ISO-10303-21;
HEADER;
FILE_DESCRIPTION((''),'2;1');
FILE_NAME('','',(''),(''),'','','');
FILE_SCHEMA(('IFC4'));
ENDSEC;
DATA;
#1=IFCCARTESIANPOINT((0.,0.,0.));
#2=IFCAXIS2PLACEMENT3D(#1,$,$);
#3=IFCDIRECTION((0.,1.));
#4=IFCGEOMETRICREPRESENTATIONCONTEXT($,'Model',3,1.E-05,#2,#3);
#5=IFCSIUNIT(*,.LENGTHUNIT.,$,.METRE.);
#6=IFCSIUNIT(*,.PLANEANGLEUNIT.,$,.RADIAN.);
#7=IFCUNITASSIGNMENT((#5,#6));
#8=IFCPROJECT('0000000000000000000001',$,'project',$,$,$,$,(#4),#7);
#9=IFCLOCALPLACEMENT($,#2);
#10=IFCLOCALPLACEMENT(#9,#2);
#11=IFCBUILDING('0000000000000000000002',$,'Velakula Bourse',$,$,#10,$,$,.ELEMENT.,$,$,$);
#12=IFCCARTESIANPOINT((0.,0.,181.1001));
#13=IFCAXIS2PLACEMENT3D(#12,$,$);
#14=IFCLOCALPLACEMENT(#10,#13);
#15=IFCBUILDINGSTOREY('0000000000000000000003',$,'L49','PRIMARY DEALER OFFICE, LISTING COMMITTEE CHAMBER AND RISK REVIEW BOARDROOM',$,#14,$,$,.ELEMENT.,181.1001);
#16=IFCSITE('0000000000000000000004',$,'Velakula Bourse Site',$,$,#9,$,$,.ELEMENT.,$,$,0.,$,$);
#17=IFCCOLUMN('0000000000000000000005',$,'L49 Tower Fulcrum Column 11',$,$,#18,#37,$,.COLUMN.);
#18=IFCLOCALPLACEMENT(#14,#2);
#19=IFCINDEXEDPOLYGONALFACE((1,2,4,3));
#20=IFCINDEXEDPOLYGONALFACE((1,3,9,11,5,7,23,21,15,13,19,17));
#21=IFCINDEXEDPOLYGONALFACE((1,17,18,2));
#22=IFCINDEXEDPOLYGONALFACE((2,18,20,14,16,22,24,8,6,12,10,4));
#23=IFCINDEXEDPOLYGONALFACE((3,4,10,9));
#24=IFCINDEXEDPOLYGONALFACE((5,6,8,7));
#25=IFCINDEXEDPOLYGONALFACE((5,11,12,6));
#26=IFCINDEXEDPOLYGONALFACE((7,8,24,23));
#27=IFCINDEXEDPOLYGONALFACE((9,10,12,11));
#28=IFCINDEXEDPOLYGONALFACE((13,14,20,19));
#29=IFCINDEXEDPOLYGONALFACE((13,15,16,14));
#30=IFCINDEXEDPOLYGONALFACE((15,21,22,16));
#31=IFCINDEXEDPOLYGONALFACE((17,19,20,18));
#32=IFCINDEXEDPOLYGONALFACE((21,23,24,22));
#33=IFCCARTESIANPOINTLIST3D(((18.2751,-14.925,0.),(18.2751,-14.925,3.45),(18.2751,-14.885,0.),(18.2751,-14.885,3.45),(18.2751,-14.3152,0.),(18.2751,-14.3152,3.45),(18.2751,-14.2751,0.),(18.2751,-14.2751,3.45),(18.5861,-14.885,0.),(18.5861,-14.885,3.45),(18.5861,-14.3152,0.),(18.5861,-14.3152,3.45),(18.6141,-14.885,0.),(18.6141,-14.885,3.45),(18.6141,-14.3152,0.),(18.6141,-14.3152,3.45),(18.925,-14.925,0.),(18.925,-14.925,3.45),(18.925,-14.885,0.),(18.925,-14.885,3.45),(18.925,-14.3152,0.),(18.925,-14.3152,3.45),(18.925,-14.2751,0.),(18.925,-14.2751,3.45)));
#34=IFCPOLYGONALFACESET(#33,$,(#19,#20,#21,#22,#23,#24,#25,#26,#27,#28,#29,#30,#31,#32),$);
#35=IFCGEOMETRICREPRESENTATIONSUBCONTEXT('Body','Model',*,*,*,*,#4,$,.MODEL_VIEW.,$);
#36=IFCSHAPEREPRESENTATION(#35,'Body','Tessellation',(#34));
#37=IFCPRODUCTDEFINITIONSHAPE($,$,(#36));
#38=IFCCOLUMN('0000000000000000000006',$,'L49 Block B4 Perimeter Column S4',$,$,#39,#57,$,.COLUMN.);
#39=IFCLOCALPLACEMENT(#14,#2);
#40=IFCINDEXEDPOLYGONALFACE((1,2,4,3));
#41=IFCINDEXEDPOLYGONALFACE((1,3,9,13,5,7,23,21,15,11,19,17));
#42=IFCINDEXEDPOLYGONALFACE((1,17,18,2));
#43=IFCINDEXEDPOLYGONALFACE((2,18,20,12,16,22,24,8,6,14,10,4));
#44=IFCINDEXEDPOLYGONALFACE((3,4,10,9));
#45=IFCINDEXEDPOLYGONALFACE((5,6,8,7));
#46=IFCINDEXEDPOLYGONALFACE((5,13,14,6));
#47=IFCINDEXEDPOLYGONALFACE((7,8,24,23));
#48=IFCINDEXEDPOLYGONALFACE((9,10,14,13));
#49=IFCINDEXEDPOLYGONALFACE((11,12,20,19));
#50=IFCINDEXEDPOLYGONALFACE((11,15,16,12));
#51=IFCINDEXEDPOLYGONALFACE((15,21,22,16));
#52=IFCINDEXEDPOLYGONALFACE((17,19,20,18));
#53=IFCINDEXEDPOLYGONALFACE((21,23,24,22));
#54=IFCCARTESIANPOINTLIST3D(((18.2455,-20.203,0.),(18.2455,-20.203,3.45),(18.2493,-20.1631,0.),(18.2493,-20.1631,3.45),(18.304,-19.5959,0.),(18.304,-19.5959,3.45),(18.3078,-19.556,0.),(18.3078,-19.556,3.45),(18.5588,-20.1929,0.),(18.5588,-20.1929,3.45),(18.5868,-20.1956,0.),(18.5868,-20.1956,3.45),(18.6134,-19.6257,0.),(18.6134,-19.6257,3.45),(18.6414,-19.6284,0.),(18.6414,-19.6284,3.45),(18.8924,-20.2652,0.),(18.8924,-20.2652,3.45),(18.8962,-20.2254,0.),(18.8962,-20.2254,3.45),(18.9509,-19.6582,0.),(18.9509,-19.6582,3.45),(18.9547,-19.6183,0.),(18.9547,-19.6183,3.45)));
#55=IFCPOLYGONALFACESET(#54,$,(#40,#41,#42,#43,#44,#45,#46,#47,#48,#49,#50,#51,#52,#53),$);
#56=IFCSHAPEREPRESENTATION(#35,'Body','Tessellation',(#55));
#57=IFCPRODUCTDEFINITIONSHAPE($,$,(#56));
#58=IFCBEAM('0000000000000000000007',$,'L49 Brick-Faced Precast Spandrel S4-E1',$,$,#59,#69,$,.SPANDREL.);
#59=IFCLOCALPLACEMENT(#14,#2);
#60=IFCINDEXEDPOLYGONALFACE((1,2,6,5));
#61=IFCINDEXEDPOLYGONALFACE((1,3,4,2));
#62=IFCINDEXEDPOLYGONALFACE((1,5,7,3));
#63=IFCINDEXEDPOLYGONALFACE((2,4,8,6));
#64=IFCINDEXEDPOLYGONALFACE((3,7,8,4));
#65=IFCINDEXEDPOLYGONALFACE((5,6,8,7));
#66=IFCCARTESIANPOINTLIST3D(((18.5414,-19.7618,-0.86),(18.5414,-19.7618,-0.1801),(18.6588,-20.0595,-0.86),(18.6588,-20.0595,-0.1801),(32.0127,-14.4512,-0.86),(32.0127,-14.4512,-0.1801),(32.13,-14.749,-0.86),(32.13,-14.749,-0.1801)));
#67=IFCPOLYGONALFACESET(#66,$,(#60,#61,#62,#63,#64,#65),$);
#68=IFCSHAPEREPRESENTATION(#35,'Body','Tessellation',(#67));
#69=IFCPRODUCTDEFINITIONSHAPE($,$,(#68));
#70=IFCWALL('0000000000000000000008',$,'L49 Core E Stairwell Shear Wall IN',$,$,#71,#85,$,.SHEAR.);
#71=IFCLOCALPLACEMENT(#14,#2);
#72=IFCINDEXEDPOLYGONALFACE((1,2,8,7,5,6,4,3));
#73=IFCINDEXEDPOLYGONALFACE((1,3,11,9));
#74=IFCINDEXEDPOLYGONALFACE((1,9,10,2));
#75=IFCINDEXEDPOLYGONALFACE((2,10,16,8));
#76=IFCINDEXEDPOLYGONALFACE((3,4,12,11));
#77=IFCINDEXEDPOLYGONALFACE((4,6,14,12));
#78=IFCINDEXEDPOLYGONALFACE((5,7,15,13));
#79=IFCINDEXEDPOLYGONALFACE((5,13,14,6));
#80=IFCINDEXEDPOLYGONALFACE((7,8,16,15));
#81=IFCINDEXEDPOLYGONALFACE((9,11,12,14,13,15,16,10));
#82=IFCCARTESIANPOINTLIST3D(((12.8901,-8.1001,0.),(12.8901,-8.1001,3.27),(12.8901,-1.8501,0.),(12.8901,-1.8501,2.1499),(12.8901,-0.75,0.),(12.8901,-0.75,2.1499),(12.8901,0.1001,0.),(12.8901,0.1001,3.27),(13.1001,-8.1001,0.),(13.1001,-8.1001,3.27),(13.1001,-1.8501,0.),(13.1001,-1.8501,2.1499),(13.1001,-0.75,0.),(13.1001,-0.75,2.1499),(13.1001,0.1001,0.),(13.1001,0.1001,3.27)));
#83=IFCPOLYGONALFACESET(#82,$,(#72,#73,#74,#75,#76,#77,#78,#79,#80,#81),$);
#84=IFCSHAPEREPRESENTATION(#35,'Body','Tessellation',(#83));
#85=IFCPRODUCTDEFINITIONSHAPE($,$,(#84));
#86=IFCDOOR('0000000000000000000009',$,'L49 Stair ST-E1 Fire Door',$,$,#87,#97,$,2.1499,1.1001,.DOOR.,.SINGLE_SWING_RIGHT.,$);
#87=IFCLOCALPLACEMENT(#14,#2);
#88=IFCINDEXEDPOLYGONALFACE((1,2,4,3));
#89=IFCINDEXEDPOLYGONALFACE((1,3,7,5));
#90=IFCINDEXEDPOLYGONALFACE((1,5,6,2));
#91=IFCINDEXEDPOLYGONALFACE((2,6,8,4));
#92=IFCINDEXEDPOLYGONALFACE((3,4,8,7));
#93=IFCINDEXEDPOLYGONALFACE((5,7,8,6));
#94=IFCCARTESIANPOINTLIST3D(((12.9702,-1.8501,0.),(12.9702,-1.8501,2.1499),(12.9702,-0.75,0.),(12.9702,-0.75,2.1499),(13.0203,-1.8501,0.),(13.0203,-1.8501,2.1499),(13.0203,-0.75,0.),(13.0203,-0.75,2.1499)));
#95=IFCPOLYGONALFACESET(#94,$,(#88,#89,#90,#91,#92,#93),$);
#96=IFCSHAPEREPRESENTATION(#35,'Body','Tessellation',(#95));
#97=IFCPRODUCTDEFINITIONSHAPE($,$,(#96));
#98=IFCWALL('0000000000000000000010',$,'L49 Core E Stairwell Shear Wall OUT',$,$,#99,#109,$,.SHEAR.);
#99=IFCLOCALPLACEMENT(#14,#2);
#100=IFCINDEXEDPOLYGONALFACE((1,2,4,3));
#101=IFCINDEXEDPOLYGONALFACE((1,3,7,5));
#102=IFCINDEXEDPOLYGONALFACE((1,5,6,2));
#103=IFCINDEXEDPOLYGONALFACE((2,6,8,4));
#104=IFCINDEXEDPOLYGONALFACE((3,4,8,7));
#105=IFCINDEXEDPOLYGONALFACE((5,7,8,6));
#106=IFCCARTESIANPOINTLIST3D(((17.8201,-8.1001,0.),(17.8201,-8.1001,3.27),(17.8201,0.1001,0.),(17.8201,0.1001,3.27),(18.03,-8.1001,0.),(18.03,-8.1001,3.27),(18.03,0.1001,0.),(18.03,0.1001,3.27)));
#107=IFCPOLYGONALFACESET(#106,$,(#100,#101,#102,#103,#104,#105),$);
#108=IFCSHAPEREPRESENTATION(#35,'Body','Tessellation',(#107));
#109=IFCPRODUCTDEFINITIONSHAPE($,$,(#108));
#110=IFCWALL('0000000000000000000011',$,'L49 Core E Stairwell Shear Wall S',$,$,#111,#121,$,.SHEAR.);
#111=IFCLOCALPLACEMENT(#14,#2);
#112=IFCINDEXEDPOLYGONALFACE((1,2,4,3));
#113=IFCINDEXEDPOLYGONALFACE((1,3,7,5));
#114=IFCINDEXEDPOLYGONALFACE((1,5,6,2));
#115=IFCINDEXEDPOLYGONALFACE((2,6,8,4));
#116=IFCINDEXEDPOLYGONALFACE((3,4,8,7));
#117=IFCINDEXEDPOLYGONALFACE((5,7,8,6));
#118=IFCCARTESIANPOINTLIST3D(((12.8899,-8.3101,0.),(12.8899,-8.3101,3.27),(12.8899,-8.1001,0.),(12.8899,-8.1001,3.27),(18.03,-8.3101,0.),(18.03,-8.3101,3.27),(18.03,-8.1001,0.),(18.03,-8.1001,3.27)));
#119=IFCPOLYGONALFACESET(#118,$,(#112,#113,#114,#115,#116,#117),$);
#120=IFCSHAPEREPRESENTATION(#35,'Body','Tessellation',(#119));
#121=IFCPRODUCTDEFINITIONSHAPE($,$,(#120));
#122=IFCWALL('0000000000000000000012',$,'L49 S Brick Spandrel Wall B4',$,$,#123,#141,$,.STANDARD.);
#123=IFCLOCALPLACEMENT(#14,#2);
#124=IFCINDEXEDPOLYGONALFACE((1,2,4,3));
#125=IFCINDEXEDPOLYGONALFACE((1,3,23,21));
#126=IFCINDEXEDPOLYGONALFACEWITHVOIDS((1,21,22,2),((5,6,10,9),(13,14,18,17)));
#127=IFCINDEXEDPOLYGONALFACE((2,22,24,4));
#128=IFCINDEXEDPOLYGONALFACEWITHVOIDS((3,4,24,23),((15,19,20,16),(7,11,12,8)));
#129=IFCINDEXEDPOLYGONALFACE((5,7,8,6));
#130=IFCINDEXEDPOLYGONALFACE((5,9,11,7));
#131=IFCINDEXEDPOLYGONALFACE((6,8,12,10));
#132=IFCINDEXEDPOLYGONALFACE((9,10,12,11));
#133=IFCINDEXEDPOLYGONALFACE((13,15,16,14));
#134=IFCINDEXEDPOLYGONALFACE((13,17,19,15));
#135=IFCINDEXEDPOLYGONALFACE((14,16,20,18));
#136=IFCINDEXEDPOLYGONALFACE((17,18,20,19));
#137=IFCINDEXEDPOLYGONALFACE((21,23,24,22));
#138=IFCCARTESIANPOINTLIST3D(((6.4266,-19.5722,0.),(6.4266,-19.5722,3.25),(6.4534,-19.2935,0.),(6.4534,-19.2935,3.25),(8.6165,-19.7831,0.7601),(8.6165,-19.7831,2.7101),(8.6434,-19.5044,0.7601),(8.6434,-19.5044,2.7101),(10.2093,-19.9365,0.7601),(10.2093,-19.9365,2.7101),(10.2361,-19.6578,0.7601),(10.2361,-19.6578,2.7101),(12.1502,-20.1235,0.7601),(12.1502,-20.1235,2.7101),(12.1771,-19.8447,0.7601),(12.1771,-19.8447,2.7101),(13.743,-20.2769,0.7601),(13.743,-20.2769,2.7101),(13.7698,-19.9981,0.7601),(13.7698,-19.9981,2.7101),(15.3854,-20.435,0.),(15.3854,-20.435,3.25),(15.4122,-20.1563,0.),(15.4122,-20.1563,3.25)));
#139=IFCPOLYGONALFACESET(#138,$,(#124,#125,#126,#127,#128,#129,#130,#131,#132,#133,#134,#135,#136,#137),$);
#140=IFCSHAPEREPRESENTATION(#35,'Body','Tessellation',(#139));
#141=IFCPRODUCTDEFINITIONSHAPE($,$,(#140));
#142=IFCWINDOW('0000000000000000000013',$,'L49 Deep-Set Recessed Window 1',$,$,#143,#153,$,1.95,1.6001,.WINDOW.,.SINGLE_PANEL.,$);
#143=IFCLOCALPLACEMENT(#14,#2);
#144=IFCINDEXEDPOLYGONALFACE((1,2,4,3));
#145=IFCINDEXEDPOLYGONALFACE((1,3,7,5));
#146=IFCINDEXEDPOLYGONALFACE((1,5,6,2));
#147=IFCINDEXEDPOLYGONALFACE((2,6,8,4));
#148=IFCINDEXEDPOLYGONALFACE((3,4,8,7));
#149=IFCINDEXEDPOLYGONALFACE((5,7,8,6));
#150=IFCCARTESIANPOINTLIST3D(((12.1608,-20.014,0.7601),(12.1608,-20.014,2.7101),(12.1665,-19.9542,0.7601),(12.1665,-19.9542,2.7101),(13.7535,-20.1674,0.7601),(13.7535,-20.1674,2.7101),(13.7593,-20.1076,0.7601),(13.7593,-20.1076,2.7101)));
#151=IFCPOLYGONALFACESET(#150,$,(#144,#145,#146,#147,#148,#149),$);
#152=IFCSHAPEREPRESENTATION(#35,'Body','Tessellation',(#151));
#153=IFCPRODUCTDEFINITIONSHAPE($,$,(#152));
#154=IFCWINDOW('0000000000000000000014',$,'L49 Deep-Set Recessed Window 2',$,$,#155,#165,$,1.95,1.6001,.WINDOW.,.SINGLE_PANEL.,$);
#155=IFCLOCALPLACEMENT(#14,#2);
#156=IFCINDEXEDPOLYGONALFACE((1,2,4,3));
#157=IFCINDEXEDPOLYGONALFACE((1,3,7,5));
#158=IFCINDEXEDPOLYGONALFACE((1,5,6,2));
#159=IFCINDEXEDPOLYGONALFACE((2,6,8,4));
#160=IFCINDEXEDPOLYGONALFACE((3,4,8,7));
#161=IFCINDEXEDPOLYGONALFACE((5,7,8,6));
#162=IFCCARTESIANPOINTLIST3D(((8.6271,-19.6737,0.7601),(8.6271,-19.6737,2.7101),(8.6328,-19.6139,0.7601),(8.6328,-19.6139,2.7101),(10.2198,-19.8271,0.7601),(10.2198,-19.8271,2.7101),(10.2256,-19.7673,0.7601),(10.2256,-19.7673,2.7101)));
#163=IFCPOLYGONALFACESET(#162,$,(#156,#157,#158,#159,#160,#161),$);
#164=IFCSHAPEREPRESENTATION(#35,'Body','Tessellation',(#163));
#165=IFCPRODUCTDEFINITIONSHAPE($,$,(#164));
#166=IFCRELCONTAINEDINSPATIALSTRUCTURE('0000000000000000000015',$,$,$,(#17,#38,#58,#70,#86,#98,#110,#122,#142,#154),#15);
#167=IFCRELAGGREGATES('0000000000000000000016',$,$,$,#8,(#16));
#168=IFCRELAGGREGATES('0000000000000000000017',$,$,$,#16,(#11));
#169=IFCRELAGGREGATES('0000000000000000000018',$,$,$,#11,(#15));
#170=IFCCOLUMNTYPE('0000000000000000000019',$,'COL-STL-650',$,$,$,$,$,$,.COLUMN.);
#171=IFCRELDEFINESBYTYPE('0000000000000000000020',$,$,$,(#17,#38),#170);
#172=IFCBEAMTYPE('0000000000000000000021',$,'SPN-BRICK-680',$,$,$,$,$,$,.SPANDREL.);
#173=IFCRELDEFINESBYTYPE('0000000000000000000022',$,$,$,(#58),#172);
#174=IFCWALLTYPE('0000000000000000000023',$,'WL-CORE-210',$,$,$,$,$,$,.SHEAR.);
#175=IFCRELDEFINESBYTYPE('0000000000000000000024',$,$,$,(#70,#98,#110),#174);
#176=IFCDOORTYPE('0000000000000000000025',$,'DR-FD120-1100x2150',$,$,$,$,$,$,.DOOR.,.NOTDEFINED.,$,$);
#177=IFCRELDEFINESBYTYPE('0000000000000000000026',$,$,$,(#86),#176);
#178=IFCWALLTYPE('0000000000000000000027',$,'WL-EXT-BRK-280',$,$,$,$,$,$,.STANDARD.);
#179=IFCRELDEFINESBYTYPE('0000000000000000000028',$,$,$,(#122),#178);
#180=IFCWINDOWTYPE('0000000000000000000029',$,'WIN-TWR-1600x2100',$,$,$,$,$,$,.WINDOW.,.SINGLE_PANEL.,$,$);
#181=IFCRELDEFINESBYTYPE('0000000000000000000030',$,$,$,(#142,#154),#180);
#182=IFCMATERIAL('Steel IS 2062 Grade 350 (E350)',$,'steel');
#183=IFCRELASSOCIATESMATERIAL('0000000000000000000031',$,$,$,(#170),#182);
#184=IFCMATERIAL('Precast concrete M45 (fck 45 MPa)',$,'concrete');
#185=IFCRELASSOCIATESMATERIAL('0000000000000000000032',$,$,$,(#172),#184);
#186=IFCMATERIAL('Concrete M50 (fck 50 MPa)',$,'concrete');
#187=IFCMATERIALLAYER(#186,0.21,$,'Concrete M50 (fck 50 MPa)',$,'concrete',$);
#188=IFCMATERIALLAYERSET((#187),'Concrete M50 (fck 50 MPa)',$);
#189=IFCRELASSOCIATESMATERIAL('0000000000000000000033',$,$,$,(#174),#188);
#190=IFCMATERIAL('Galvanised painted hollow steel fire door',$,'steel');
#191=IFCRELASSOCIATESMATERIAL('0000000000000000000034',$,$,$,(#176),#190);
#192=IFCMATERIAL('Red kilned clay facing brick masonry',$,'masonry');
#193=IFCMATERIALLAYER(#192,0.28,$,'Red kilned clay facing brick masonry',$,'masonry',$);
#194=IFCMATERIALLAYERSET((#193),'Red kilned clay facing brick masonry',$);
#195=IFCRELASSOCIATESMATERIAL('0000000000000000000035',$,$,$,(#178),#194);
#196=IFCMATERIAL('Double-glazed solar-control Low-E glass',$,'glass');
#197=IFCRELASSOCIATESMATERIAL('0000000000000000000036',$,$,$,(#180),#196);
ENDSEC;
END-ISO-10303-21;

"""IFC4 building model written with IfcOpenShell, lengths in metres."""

from ifc_helpers import new_model, si_unit, direction, frame, frame_2d, origin, origin_2d, place, context, subcontext, project, spatial, rectangle, i_section, extrude, material, layer, layer_set, material_profile, profile_set, type_object, element, fill, save


model = new_model("IFC4")

# Units and contexts
model_context = context("Model", 3, precision=1e-05, world=origin(), true_north=direction((0.0, 1.0)))
body_context = subcontext(model_context, "Body", "Model", "MODEL_VIEW")
ifc_project = project(units=[si_unit("LENGTHUNIT", "METRE"), si_unit("PLANEANGLEUNIT", "RADIAN")], contexts=[model_context])

# Site, building, storey
site_placement = place(None, origin())
site = spatial("IfcSite", under=ifc_project, at=site_placement, Name="Velakula Bourse Site", CompositionType="ELEMENT", RefElevation=0.0)
building_placement = place(site_placement, origin())
building = spatial("IfcBuilding", under=site, at=building_placement, Name="Velakula Bourse", CompositionType="ELEMENT")
storey_placement = place(building_placement, frame((0.0, 0.0, 181.1001)))
storey = spatial("IfcBuildingStorey", under=building, at=storey_placement, Name="L49", Description="PRIMARY DEALER OFFICE, LISTING COMMITTEE CHAMBER AND RISK REVIEW BOARDROOM", CompositionType="ELEMENT", Elevation=181.1001)

# Columns
ifc_material_1 = material(Name="Steel IS 2062 Grade 350 (E350)", Category="steel")
ifc_material_profile_1 = material_profile(ifc_material_1, i_section(OverallWidth=0.6499, OverallDepth=0.6499, WebThickness=0.0281, FlangeThickness=0.04, at=origin_2d()), Name="Steel IS 2062 Grade 350 (E350)")
ifc_profile_set_1 = profile_set([ifc_material_profile_1], Name="Steel IS 2062 Grade 350 (E350)")
column_type = type_object("IfcColumnType", Name="COL-STL-650", PredefinedType="COLUMN", material=ifc_profile_set_1)
for number, where, z_axis, x_axis, name in (
    (1, (18.6001, -14.6001, 0.0), (0.0, 0.0, 1.0), (1.0, 0.0, 0.0), "L49 Tower Fulcrum Column 11"),
    (2, (18.6001, -19.9106, 0.0), (0.0, 0.0, 1.0), (0.995396, -0.095846, 0.0), "L49 Block B4 Perimeter Column S4"),
):
    element("IfcColumn", number, at=place(storey_placement, frame(where, z_axis=z_axis, x_axis=x_axis)), inside=storey, type_object=column_type, Name=name, PredefinedType="COLUMN", context=body_context, shape_type="SweptSolid", body=[
        extrude(i_section(OverallWidth=0.6499, OverallDepth=0.6499, WebThickness=0.0281, FlangeThickness=0.04, at=origin_2d()), origin(), (0.0, 0.0, 1.0), 3.45),
    ])

# Beam
ifc_material_2 = material(Name="Precast concrete M45 (fck 45 MPa)", Category="concrete")
ifc_material_profile_2 = material_profile(ifc_material_2, rectangle(XDim=0.3201, YDim=0.6799, at=origin_2d()), Name="Precast concrete M45 (fck 45 MPa)")
ifc_profile_set_2 = profile_set([ifc_material_profile_2], Name="Precast concrete M45 (fck 45 MPa)")
beam_type = type_object("IfcBeamType", Name="SPN-BRICK-680", PredefinedType="SPANDREL", material=ifc_profile_set_2)
beam_placement = place(storey_placement, frame((18.6001, -19.9106, -0.52), z_axis=(0.930321, 0.366747, 0.0), x_axis=(-0.366747, 0.930321, 0.0)))
element("IfcBeam", 3, at=beam_placement, inside=storey, type_object=beam_type, Name="L49 Brick-Faced Precast Spandrel S4-E1", PredefinedType="SPANDREL", context=body_context, shape_type="SweptSolid", body=[
    extrude(rectangle(XDim=0.3201, YDim=0.6799, at=origin_2d()), origin(), (0.0, 0.0, 1.0), 14.4802),
])

# Wall, opening, door
ifc_material_3 = material(Name="Concrete M50 (fck 50 MPa)", Category="concrete")
ifc_layer_1 = layer(ifc_material_3, 0.21, Name="Concrete M50 (fck 50 MPa)", Category="concrete")
ifc_layer_set_1 = layer_set([ifc_layer_1], Name="Concrete M50 (fck 50 MPa)")
wall_type_1 = type_object("IfcWallType", Name="WL-CORE-210", PredefinedType="SHEAR", material=ifc_layer_set_1)
wall_1_placement = place(storey_placement, frame((12.9951, -8.1001, 0.0), z_axis=(0.0, 0.0, 1.0), x_axis=(0.0, 1.0, 0.0)))
wall_1 = element("IfcWall", 4, at=wall_1_placement, inside=storey, type_object=wall_type_1, Name="L49 Core E Stairwell Shear Wall IN", PredefinedType="SHEAR", context=body_context, shape_type="SweptSolid", body=[
    extrude(rectangle(XDim=8.2002, YDim=0.21, at=frame_2d((4.1001, 0.0))), origin(), (0.0, 0.0, 1.0), 3.27),
])
opening_1_placement = place(wall_1_placement, frame((6.25, 0.0, 0.0)))
opening_1 = element("IfcOpeningElement", 5, at=opening_1_placement, cuts=wall_1, PredefinedType="OPENING", context=body_context, shape_type="SweptSolid", body=[
    extrude(rectangle(XDim=1.1001, YDim=2.1499, at=frame_2d((0.55, 1.075))), frame((0.0, 0.115, 0.0), z_axis=(0.0, -1.0, 0.0), x_axis=(1.0, 0.0, 0.0)), (0.0, 0.0, 1.0), 0.23),
])
ifc_material_4 = material(Name="Galvanised painted hollow steel fire door", Category="steel")
door_type_1 = type_object("IfcDoorType", Name="DR-FD120-1100x2150", OperationType="NOTDEFINED", PredefinedType="DOOR", material=ifc_material_4)
door_1_placement = place(opening_1_placement, origin())
door_1 = element("IfcDoor", 6, at=door_1_placement, inside=storey, type_object=door_type_1, Name="L49 Stair ST-E1 Fire Door", OperationType="SINGLE_SWING_RIGHT", OverallHeight=2.1499, OverallWidth=1.1001, PredefinedType="DOOR", context=body_context, shape_type="SweptSolid", body=[
    extrude(rectangle(XDim=1.1001, YDim=2.1499, at=frame_2d((0.55, 1.075))), frame((0.0, 0.0249, 0.0), z_axis=(0.0, -1.0, 0.0), x_axis=(1.0, 0.0, 0.0)), (0.0, 0.0, 1.0), 0.05),
])
fill(opening_1, door_1)

# Walls
wall_2_placement = place(storey_placement, frame((17.925, -8.1001, 0.0), z_axis=(0.0, 0.0, 1.0), x_axis=(0.0, 1.0, 0.0)))
element("IfcWall", 7, at=wall_2_placement, inside=storey, type_object=wall_type_1, Name="L49 Core E Stairwell Shear Wall OUT", PredefinedType="SHEAR", context=body_context, shape_type="SweptSolid", body=[
    extrude(rectangle(XDim=8.2002, YDim=0.21, at=frame_2d((4.1001, 0.0))), origin(), (0.0, 0.0, 1.0), 3.27),
])
wall_3_placement = place(storey_placement, frame((12.8899, -8.2051, 0.0), z_axis=(0.0, 0.0, 1.0), x_axis=(1.0, 0.0, 0.0)))
element("IfcWall", 8, at=wall_3_placement, inside=storey, type_object=wall_type_1, Name="L49 Core E Stairwell Shear Wall S", PredefinedType="SHEAR", context=body_context, shape_type="SweptSolid", body=[
    extrude(rectangle(XDim=5.1401, YDim=0.21, at=frame_2d((2.5701, 0.0))), origin(), (0.0, 0.0, 1.0), 3.27),
])

# Wall, openings, windows
ifc_material_5 = material(Name="Red kilned clay facing brick masonry", Category="masonry")
ifc_layer_2 = layer(ifc_material_5, 0.28, Name="Red kilned clay facing brick masonry", Category="masonry")
ifc_layer_set_2 = layer_set([ifc_layer_2], Name="Red kilned clay facing brick masonry")
wall_type_2 = type_object("IfcWallType", Name="WL-EXT-BRK-280", PredefinedType="STANDARD", material=ifc_layer_set_2)
wall_4_placement = place(storey_placement, frame((15.3987, -20.2957, 0.0), z_axis=(0.0, 0.0, 1.0), x_axis=(-0.995394, 0.095864, 0.0)))
wall_4 = element("IfcWall", 9, at=wall_4_placement, inside=storey, type_object=wall_type_2, Name="L49 S Brick Spandrel Wall B4", PredefinedType="STANDARD", context=body_context, shape_type="SweptSolid", body=[
    extrude(rectangle(XDim=9.0002, YDim=0.28, at=frame_2d((4.5, 0.0))), origin(), (0.0, 0.0, 1.0), 3.25),
])
opening_2_placement = place(wall_4_placement, frame((1.6499, 0.0, 0.76)))
opening_2 = element("IfcOpeningElement", 10, at=opening_2_placement, cuts=wall_4, PredefinedType="OPENING", context=body_context, shape_type="SweptSolid", body=[
    extrude(rectangle(XDim=1.6001, YDim=1.95, at=frame_2d((0.8, 0.9751))), frame((0.0, 0.1499, 0.0), z_axis=(0.0, -1.0, 0.0), x_axis=(1.0, 0.0, 0.0)), (0.0, 0.0, 1.0), 0.3),
])
opening_3_placement = place(wall_4_placement, frame((5.2, 0.0, 0.76)))
opening_3 = element("IfcOpeningElement", 11, at=opening_3_placement, cuts=wall_4, PredefinedType="OPENING", context=body_context, shape_type="SweptSolid", body=[
    extrude(rectangle(XDim=1.6001, YDim=1.95, at=frame_2d((0.8, 0.9751))), frame((0.0, 0.1499, 0.0), z_axis=(0.0, -1.0, 0.0), x_axis=(1.0, 0.0, 0.0)), (0.0, 0.0, 1.0), 0.3),
])
ifc_material_6 = material(Name="Double-glazed solar-control Low-E glass", Category="glass")
window_type = type_object("IfcWindowType", Name="WIN-TWR-1600x2100", PartitioningType="SINGLE_PANEL", PredefinedType="WINDOW", material=ifc_material_6)
window_1_placement = place(opening_2_placement, origin())
window_1 = element("IfcWindow", 12, at=window_1_placement, inside=storey, type_object=window_type, Name="L49 Deep-Set Recessed Window 1", OverallHeight=1.95, OverallWidth=1.6001, PartitioningType="SINGLE_PANEL", PredefinedType="WINDOW", context=body_context, shape_type="SweptSolid", body=[
    extrude(rectangle(XDim=1.6001, YDim=1.95, at=frame_2d((0.8, 0.9751))), frame((0.0, 0.03, 0.0), z_axis=(0.0, -1.0, 0.0), x_axis=(1.0, 0.0, 0.0)), (0.0, 0.0, 1.0), 0.0601),
])
fill(opening_2, window_1)
window_2_placement = place(opening_3_placement, origin())
window_2 = element("IfcWindow", 13, at=window_2_placement, inside=storey, type_object=window_type, Name="L49 Deep-Set Recessed Window 2", OverallHeight=1.95, OverallWidth=1.6001, PartitioningType="SINGLE_PANEL", PredefinedType="WINDOW", context=body_context, shape_type="SweptSolid", body=[
    extrude(rectangle(XDim=1.6001, YDim=1.95, at=frame_2d((0.8, 0.9751))), frame((0.0, 0.03, 0.0), z_axis=(0.0, -1.0, 0.0), x_axis=(1.0, 0.0, 0.0)), (0.0, 0.0, 1.0), 0.0601),
])
fill(opening_3, window_2)

save(model, "model.ifc")
